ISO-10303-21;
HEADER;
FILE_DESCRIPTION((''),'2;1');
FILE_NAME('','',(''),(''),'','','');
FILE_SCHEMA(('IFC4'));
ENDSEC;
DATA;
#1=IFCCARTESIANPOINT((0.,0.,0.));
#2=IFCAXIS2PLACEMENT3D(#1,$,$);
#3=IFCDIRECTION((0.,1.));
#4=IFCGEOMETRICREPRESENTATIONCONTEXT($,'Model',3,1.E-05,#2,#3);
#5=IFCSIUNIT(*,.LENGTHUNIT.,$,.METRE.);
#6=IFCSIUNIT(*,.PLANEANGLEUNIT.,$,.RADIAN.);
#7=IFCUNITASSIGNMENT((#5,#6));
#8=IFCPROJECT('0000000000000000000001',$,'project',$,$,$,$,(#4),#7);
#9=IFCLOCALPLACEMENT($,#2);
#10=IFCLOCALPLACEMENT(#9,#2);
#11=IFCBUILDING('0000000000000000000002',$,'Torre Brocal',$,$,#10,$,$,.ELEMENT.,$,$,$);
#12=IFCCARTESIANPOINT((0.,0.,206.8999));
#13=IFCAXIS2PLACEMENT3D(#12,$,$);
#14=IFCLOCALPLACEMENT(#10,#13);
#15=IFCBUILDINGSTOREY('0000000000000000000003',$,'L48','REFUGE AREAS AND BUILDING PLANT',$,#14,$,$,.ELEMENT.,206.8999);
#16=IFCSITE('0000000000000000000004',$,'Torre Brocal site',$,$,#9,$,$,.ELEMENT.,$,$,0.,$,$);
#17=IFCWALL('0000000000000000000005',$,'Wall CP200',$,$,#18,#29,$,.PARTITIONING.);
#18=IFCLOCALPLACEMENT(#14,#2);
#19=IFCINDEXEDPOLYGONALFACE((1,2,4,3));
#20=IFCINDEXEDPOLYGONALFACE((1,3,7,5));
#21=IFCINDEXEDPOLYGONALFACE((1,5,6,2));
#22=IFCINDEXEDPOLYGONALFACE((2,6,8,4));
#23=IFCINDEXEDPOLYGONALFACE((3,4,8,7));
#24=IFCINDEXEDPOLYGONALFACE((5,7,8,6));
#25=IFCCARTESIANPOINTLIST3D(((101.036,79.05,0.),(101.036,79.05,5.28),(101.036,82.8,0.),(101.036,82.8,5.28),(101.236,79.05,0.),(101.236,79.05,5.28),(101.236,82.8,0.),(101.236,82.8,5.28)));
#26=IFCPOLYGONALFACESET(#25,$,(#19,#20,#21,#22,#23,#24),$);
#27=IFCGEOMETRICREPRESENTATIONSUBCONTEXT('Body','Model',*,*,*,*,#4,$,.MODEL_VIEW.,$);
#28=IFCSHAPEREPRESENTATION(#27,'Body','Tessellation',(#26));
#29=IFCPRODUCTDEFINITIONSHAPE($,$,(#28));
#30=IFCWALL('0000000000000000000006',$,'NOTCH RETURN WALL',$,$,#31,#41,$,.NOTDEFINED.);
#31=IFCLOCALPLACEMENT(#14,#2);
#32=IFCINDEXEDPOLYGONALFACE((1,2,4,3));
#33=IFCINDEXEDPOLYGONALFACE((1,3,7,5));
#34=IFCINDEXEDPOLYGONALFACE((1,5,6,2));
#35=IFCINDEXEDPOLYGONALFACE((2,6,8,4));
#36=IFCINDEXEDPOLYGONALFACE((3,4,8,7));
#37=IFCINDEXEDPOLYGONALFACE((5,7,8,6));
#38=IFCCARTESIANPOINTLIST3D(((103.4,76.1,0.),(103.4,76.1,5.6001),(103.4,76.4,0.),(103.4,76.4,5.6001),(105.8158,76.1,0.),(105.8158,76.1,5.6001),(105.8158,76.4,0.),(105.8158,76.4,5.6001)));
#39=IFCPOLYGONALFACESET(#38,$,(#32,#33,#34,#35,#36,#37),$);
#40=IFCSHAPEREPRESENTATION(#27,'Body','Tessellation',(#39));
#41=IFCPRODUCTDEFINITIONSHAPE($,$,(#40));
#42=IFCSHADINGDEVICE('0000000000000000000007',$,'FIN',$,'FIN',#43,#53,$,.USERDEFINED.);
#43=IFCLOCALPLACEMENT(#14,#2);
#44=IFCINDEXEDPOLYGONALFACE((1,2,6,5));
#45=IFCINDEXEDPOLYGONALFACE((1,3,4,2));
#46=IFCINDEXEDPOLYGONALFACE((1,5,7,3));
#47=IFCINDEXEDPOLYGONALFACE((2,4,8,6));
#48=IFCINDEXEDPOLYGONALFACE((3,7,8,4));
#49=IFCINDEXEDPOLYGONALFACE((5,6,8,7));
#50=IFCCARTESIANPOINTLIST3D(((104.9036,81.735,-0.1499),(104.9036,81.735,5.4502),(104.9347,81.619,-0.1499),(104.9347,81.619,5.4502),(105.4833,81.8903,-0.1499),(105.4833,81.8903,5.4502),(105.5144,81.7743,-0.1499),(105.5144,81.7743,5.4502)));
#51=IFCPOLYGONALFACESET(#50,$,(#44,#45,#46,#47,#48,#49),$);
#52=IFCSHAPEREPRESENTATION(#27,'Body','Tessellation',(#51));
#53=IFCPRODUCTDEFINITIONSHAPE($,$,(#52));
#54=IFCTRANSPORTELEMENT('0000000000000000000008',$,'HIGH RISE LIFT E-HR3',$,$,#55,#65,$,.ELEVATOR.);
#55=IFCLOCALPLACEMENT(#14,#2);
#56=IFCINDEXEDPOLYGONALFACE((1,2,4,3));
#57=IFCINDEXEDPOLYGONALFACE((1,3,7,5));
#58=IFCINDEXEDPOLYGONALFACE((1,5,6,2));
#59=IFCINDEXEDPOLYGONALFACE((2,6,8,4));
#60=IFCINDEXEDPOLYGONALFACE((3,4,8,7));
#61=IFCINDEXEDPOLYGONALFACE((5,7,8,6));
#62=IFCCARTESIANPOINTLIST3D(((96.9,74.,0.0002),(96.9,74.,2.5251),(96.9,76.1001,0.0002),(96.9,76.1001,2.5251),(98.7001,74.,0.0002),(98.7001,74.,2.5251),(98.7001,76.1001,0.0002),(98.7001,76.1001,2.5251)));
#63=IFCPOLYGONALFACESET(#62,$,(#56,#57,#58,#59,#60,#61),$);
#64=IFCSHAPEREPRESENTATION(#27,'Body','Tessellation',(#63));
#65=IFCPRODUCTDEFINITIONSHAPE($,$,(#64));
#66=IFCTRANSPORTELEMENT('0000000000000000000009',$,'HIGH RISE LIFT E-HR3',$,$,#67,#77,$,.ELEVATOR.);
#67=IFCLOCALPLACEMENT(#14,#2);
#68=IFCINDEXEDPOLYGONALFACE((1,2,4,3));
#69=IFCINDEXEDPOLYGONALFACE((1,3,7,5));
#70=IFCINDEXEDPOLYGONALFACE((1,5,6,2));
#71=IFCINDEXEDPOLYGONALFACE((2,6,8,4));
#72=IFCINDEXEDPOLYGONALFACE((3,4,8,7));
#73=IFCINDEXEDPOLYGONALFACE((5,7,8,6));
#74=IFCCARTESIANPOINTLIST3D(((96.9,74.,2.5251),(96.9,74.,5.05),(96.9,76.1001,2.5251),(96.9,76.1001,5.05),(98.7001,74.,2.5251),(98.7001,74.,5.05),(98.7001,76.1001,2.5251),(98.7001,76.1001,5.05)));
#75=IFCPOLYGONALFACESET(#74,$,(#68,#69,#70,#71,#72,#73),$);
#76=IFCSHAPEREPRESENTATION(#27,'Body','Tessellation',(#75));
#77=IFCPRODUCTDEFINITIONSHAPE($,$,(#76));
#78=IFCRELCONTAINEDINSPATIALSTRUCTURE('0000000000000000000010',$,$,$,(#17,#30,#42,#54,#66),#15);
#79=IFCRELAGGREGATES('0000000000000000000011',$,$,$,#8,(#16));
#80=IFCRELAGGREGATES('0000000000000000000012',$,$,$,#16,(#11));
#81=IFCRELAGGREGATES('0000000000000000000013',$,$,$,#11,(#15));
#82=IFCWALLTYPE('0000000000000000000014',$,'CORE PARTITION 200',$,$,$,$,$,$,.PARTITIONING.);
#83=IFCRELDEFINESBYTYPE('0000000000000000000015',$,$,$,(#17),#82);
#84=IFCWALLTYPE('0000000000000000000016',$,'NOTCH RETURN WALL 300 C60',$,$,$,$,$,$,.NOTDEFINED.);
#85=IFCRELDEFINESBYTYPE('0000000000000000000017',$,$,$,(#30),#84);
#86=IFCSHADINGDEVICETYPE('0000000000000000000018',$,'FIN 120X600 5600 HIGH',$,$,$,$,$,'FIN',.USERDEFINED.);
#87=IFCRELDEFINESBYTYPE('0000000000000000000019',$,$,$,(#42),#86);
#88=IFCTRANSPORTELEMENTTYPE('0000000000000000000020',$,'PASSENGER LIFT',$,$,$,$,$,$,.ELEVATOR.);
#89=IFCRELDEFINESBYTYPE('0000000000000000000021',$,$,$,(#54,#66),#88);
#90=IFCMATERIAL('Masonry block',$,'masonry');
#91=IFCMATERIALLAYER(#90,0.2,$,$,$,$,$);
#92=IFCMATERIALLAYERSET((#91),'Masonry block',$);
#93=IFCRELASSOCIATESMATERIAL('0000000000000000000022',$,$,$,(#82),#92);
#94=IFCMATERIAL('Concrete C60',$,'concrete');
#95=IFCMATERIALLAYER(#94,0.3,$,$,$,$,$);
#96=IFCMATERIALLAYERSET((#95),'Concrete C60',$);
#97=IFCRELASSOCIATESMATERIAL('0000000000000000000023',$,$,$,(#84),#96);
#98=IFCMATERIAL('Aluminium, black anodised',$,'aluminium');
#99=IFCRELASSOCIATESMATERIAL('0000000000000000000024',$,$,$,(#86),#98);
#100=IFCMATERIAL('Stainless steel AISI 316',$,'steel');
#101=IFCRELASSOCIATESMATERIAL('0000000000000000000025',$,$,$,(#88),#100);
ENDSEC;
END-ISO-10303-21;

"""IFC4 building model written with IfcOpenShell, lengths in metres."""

from ifc_helpers import new_model, si_unit, direction, frame, frame_2d, origin, origin_2d, place, context, subcontext, project, spatial, rectangle, extrude, material, layer, layer_set, material_profile, profile_set, type_object, element, save


model = new_model("IFC4")

# Units and contexts
model_context = context("Model", 3, precision=1e-05, world=origin(), true_north=direction((0.0, 1.0)))
body_context = subcontext(model_context, "Body", "Model", "MODEL_VIEW")
ifc_project = project(units=[si_unit("LENGTHUNIT", "METRE"), si_unit("PLANEANGLEUNIT", "RADIAN")], contexts=[model_context])

# Site, building, storey
site_placement = place(None, origin())
site = spatial("IfcSite", under=ifc_project, at=site_placement, Name="Torre Brocal site", CompositionType="ELEMENT", RefElevation=0.0)
building_placement = place(site_placement, origin())
building = spatial("IfcBuilding", under=site, at=building_placement, Name="Torre Brocal", CompositionType="ELEMENT")
storey_placement = place(building_placement, frame((0.0, 0.0, 206.8999)))
storey = spatial("IfcBuildingStorey", under=building, at=storey_placement, Name="L48", Description="REFUGE AREAS AND BUILDING PLANT", CompositionType="ELEMENT", Elevation=206.8999)

# Walls
ifc_material_1 = material(Name="Masonry block", Category="masonry")
ifc_layer_1 = layer(ifc_material_1, 0.2)
ifc_layer_set_1 = layer_set([ifc_layer_1], Name="Masonry block")
wall_type_1 = type_object("IfcWallType", Name="CORE PARTITION 200", PredefinedType="PARTITIONING", material=ifc_layer_set_1)
for number, where, z_axis, x_axis, name in (
    (1, (101.136, 79.05, 0.0), (0.0, 0.0, 1.0), (0.0, 1.0, 0.0), "Wall CP200"),
):
    element("IfcWall", number, at=place(storey_placement, frame(where, z_axis=z_axis, x_axis=x_axis)), inside=storey, type_object=wall_type_1, Name=name, PredefinedType="PARTITIONING", context=body_context, shape_type="SweptSolid", body=[
        extrude(rectangle(XDim=3.75, YDim=0.2, at=frame_2d((1.875, 0.0))), origin(), (0.0, 0.0, 1.0), 5.28),
    ])
ifc_material_2 = material(Name="Concrete C60", Category="concrete")
ifc_layer_2 = layer(ifc_material_2, 0.3)
ifc_layer_set_2 = layer_set([ifc_layer_2], Name="Concrete C60")
wall_type_2 = type_object("IfcWallType", Name="NOTCH RETURN WALL 300 C60", PredefinedType="NOTDEFINED", material=ifc_layer_set_2)
wall_placement = place(storey_placement, frame((103.3999, 76.25, 0.0), z_axis=(0.0, 0.0, 1.0), x_axis=(1.0, 0.0, 0.0)))
element("IfcWall", 2, at=wall_placement, inside=storey, type_object=wall_type_2, Name="NOTCH RETURN WALL", PredefinedType="NOTDEFINED", context=body_context, shape_type="SweptSolid", body=[
    extrude(rectangle(XDim=2.4158, YDim=0.3, at=frame_2d((1.208, 0.0))), origin(), (0.0, 0.0, 1.0), 5.6001),
])

# Shading device
ifc_material_3 = material(Name="Aluminium, black anodised", Category="aluminium")
ifc_material_profile_1 = material_profile(ifc_material_3, rectangle(XDim=0.1201, YDim=0.6001, at=origin_2d()), Name="FIN 120X600 5600 HIGH")
ifc_profile_set_1 = profile_set([ifc_material_profile_1], Name="Aluminium, black anodised")
shading_device_type = type_object("IfcShadingDeviceType", Name="FIN 120X600 5600 HIGH", ElementType="FIN", PredefinedType="USERDEFINED", material=ifc_profile_set_1)
shading_device_placement = place(storey_placement, frame((105.209, 81.7546, -0.1499), z_axis=(0.0, 0.0, 1.0), x_axis=(-0.258819, 0.965926, 0.0)))
element("IfcShadingDevice", 3, at=shading_device_placement, inside=storey, type_object=shading_device_type, Name="FIN", ObjectType="FIN", PredefinedType="USERDEFINED", context=body_context, shape_type="SweptSolid", body=[
    extrude(rectangle(XDim=0.1201, YDim=0.6001, at=origin_2d()), origin(), (0.0, 0.0, 1.0), 5.6001),
])

# Transport elements
ifc_material_4 = material(Name="Stainless steel AISI 316", Category="steel")
transport_element_type = type_object("IfcTransportElementType", Name="PASSENGER LIFT", PredefinedType="ELEVATOR", material=ifc_material_4)
for number, where, z_axis, x_axis, name in (
    (4, (97.8, 75.05, 0.0002), (0.0, 0.0, 1.0), (1.0, 0.0, 0.0), "HIGH RISE LIFT E-HR3"),
    (5, (97.8, 75.05, 2.5251), (0.0, 0.0, 1.0), (1.0, 0.0, 0.0), "HIGH RISE LIFT E-HR3"),
):
    element("IfcTransportElement", number, at=place(storey_placement, frame(where, z_axis=z_axis, x_axis=x_axis)), inside=storey, type_object=transport_element_type, Name=name, PredefinedType="ELEVATOR", context=body_context, shape_type="SweptSolid", body=[
        extrude(rectangle(XDim=1.8, YDim=2.1001, at=origin_2d()), origin(), (0.0, 0.0, 1.0), 2.5249),
    ])

save(model, "model.ifc")
